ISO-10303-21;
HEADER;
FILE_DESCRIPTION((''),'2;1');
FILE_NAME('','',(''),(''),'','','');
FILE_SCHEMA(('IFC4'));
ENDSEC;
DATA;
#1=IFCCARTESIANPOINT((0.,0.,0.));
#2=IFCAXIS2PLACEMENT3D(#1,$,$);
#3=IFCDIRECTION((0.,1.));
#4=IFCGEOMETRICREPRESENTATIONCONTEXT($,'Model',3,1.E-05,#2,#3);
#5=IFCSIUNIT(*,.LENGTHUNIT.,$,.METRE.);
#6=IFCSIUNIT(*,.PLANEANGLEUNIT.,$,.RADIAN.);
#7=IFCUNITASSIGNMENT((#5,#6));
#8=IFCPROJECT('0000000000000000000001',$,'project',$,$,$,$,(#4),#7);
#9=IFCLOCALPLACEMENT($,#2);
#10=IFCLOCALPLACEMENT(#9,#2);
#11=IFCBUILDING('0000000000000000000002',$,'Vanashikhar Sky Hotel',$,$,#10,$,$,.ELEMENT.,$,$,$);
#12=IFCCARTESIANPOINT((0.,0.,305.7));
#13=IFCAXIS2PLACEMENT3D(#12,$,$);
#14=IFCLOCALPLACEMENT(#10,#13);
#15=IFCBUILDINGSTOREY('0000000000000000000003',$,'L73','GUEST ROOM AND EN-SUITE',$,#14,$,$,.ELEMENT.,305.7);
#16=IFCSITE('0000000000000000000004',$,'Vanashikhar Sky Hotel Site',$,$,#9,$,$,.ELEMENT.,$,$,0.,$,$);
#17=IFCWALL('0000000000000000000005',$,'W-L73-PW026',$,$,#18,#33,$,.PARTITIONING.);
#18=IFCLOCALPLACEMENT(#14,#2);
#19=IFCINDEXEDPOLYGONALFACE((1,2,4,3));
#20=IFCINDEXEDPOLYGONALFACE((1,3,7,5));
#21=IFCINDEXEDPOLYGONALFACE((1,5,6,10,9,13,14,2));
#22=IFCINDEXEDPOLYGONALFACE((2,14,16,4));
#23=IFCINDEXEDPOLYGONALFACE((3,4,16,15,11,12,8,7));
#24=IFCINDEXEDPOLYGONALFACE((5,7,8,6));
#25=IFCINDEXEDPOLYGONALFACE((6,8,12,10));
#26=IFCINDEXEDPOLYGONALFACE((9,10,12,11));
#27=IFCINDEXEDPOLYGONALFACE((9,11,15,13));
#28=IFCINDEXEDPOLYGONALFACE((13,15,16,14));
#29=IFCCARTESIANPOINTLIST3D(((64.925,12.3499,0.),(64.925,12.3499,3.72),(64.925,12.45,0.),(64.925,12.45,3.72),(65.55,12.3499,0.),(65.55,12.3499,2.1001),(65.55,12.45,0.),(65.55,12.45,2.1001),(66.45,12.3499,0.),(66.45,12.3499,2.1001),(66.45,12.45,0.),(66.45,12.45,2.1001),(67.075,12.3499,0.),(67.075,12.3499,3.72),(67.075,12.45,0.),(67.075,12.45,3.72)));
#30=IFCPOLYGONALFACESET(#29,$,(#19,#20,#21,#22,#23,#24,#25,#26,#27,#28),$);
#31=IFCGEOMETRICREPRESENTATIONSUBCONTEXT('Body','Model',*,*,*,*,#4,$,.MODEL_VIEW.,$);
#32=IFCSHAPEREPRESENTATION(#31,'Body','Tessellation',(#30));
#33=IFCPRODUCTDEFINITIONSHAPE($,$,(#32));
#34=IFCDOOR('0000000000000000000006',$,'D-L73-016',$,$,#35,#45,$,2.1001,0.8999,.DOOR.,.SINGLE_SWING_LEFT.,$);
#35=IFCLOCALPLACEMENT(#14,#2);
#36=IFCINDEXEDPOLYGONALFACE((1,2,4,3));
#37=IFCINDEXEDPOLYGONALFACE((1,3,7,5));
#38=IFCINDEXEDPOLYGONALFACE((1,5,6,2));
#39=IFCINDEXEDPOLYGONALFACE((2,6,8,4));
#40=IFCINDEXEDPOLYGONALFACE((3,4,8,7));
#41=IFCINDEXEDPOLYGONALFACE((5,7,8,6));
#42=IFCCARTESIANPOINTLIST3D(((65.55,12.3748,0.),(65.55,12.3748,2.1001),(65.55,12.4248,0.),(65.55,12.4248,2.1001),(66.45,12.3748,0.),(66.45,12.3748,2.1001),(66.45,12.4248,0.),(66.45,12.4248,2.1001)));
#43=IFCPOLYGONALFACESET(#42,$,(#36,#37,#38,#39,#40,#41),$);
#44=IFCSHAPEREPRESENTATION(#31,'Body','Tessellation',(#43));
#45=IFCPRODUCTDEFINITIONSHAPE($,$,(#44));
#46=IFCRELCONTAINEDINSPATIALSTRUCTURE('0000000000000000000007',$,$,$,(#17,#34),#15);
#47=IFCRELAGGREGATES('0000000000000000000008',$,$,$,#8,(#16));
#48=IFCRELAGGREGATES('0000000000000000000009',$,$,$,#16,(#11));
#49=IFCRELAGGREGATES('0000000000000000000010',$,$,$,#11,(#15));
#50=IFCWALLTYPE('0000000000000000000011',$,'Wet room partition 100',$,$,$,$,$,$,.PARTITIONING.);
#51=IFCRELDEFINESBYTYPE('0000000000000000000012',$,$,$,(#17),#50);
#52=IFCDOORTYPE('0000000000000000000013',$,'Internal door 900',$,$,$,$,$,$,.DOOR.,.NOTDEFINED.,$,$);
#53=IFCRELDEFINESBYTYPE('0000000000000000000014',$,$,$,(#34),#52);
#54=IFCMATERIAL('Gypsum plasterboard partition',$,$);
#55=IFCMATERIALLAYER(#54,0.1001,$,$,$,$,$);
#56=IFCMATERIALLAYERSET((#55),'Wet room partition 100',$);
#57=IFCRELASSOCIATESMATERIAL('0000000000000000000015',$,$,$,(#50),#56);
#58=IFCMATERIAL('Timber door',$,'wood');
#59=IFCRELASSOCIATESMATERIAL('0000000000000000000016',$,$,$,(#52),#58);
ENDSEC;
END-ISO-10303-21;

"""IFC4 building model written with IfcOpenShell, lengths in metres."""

from ifc_helpers import new_model, si_unit, direction, frame, frame_2d, origin, place, context, subcontext, project, spatial, rectangle, extrude, source, transform, mapped, material, layer, layer_set, type_object, element, fill, save


model = new_model("IFC4")

# Units and contexts
model_context = context("Model", 3, precision=1e-05, world=origin(), true_north=direction((0.0, 1.0)))
body_context = subcontext(model_context, "Body", "Model", "MODEL_VIEW")
ifc_project = project(units=[si_unit("LENGTHUNIT", "METRE"), si_unit("PLANEANGLEUNIT", "RADIAN")], contexts=[model_context])

# Site, building, storey
site_placement = place(None, origin())
site = spatial("IfcSite", under=ifc_project, at=site_placement, Name="Vanashikhar Sky Hotel Site", CompositionType="ELEMENT", RefElevation=0.0)
building_placement = place(site_placement, origin())
building = spatial("IfcBuilding", under=site, at=building_placement, Name="Vanashikhar Sky Hotel", CompositionType="ELEMENT")
storey_placement = place(building_placement, frame((0.0, 0.0, 305.7)))
storey = spatial("IfcBuildingStorey", under=building, at=storey_placement, Name="L73", Description="GUEST ROOM AND EN-SUITE", CompositionType="ELEMENT", Elevation=305.7)

# Shared definitions
ifc_material_1 = material(Name="Gypsum plasterboard partition")

# Shared definitions
ifc_layer_1 = layer(ifc_material_1, 0.1001)
ifc_layer_set_1 = layer_set([ifc_layer_1], Name="Wet room partition 100")
wall_type_1 = type_object("IfcWallType", Name="Wet room partition 100", PredefinedType="PARTITIONING", material=ifc_layer_set_1)

# Wall, opening, door
shared_shape_1 = source(origin(), body_context, "Body", "SweptSolid", [
    extrude(rectangle(XDim=2.1499, YDim=0.1001, at=frame_2d((1.075, 0.0))), origin(), (0.0, 0.0, 1.0), 3.72),
])
shared_shape_2 = source(origin(), body_context, "Body", "SweptSolid", [
    extrude(rectangle(XDim=0.8999, YDim=2.1001, at=frame_2d((0.45, 1.05))), frame((0.0, 0.0601, 0.0), z_axis=(0.0, -1.0, 0.0), x_axis=(1.0, 0.0, 0.0)), (0.0, 0.0, 1.0), 0.1201),
])
ifc_material_2 = material(Name="Timber door", Category="wood")
door_type_1 = type_object("IfcDoorType", Name="Internal door 900", OperationType="NOTDEFINED", PredefinedType="DOOR", material=ifc_material_2)
shared_shape_3 = source(origin(), body_context, "Body", "SweptSolid", [
    extrude(rectangle(XDim=0.8999, YDim=2.1001, at=frame_2d((0.45, 1.05))), frame((0.0, 0.0249, 0.0), z_axis=(0.0, -1.0, 0.0), x_axis=(1.0, 0.0, 0.0)), (0.0, 0.0, 1.0), 0.05),
])
wall_1_placement = place(storey_placement, frame((64.925, 12.3999, 0.0), z_axis=(0.0, 0.0, 1.0), x_axis=(1.0, 0.0, 0.0)))
wall_1 = element("IfcWall", 1, at=wall_1_placement, inside=storey, type_object=wall_type_1, Name="W-L73-PW026", PredefinedType="PARTITIONING", context=body_context, shape_type="MappedRepresentation", body=[
    mapped(shared_shape_1, transform((0.0, 0.0, 0.0), scale=1.0)),
])
opening_1_placement = place(wall_1_placement, frame((0.625, 0.0, 0.0)))
opening_1 = element("IfcOpeningElement", 2, at=opening_1_placement, cuts=wall_1, PredefinedType="OPENING", context=body_context, shape_type="MappedRepresentation", body=[
    mapped(shared_shape_2, transform((0.0, 0.0, 0.0), scale=1.0)),
])
door_1_placement = place(opening_1_placement, origin())
door_1 = element("IfcDoor", 3, at=door_1_placement, inside=storey, type_object=door_type_1, Name="D-L73-016", OperationType="SINGLE_SWING_LEFT", OverallHeight=2.1001, OverallWidth=0.8999, PredefinedType="DOOR", context=body_context, shape_type="MappedRepresentation", body=[
    mapped(shared_shape_3, transform((0.0, 0.0, 0.0), scale=1.0)),
])
fill(opening_1, door_1)

save(model, "model.ifc")
